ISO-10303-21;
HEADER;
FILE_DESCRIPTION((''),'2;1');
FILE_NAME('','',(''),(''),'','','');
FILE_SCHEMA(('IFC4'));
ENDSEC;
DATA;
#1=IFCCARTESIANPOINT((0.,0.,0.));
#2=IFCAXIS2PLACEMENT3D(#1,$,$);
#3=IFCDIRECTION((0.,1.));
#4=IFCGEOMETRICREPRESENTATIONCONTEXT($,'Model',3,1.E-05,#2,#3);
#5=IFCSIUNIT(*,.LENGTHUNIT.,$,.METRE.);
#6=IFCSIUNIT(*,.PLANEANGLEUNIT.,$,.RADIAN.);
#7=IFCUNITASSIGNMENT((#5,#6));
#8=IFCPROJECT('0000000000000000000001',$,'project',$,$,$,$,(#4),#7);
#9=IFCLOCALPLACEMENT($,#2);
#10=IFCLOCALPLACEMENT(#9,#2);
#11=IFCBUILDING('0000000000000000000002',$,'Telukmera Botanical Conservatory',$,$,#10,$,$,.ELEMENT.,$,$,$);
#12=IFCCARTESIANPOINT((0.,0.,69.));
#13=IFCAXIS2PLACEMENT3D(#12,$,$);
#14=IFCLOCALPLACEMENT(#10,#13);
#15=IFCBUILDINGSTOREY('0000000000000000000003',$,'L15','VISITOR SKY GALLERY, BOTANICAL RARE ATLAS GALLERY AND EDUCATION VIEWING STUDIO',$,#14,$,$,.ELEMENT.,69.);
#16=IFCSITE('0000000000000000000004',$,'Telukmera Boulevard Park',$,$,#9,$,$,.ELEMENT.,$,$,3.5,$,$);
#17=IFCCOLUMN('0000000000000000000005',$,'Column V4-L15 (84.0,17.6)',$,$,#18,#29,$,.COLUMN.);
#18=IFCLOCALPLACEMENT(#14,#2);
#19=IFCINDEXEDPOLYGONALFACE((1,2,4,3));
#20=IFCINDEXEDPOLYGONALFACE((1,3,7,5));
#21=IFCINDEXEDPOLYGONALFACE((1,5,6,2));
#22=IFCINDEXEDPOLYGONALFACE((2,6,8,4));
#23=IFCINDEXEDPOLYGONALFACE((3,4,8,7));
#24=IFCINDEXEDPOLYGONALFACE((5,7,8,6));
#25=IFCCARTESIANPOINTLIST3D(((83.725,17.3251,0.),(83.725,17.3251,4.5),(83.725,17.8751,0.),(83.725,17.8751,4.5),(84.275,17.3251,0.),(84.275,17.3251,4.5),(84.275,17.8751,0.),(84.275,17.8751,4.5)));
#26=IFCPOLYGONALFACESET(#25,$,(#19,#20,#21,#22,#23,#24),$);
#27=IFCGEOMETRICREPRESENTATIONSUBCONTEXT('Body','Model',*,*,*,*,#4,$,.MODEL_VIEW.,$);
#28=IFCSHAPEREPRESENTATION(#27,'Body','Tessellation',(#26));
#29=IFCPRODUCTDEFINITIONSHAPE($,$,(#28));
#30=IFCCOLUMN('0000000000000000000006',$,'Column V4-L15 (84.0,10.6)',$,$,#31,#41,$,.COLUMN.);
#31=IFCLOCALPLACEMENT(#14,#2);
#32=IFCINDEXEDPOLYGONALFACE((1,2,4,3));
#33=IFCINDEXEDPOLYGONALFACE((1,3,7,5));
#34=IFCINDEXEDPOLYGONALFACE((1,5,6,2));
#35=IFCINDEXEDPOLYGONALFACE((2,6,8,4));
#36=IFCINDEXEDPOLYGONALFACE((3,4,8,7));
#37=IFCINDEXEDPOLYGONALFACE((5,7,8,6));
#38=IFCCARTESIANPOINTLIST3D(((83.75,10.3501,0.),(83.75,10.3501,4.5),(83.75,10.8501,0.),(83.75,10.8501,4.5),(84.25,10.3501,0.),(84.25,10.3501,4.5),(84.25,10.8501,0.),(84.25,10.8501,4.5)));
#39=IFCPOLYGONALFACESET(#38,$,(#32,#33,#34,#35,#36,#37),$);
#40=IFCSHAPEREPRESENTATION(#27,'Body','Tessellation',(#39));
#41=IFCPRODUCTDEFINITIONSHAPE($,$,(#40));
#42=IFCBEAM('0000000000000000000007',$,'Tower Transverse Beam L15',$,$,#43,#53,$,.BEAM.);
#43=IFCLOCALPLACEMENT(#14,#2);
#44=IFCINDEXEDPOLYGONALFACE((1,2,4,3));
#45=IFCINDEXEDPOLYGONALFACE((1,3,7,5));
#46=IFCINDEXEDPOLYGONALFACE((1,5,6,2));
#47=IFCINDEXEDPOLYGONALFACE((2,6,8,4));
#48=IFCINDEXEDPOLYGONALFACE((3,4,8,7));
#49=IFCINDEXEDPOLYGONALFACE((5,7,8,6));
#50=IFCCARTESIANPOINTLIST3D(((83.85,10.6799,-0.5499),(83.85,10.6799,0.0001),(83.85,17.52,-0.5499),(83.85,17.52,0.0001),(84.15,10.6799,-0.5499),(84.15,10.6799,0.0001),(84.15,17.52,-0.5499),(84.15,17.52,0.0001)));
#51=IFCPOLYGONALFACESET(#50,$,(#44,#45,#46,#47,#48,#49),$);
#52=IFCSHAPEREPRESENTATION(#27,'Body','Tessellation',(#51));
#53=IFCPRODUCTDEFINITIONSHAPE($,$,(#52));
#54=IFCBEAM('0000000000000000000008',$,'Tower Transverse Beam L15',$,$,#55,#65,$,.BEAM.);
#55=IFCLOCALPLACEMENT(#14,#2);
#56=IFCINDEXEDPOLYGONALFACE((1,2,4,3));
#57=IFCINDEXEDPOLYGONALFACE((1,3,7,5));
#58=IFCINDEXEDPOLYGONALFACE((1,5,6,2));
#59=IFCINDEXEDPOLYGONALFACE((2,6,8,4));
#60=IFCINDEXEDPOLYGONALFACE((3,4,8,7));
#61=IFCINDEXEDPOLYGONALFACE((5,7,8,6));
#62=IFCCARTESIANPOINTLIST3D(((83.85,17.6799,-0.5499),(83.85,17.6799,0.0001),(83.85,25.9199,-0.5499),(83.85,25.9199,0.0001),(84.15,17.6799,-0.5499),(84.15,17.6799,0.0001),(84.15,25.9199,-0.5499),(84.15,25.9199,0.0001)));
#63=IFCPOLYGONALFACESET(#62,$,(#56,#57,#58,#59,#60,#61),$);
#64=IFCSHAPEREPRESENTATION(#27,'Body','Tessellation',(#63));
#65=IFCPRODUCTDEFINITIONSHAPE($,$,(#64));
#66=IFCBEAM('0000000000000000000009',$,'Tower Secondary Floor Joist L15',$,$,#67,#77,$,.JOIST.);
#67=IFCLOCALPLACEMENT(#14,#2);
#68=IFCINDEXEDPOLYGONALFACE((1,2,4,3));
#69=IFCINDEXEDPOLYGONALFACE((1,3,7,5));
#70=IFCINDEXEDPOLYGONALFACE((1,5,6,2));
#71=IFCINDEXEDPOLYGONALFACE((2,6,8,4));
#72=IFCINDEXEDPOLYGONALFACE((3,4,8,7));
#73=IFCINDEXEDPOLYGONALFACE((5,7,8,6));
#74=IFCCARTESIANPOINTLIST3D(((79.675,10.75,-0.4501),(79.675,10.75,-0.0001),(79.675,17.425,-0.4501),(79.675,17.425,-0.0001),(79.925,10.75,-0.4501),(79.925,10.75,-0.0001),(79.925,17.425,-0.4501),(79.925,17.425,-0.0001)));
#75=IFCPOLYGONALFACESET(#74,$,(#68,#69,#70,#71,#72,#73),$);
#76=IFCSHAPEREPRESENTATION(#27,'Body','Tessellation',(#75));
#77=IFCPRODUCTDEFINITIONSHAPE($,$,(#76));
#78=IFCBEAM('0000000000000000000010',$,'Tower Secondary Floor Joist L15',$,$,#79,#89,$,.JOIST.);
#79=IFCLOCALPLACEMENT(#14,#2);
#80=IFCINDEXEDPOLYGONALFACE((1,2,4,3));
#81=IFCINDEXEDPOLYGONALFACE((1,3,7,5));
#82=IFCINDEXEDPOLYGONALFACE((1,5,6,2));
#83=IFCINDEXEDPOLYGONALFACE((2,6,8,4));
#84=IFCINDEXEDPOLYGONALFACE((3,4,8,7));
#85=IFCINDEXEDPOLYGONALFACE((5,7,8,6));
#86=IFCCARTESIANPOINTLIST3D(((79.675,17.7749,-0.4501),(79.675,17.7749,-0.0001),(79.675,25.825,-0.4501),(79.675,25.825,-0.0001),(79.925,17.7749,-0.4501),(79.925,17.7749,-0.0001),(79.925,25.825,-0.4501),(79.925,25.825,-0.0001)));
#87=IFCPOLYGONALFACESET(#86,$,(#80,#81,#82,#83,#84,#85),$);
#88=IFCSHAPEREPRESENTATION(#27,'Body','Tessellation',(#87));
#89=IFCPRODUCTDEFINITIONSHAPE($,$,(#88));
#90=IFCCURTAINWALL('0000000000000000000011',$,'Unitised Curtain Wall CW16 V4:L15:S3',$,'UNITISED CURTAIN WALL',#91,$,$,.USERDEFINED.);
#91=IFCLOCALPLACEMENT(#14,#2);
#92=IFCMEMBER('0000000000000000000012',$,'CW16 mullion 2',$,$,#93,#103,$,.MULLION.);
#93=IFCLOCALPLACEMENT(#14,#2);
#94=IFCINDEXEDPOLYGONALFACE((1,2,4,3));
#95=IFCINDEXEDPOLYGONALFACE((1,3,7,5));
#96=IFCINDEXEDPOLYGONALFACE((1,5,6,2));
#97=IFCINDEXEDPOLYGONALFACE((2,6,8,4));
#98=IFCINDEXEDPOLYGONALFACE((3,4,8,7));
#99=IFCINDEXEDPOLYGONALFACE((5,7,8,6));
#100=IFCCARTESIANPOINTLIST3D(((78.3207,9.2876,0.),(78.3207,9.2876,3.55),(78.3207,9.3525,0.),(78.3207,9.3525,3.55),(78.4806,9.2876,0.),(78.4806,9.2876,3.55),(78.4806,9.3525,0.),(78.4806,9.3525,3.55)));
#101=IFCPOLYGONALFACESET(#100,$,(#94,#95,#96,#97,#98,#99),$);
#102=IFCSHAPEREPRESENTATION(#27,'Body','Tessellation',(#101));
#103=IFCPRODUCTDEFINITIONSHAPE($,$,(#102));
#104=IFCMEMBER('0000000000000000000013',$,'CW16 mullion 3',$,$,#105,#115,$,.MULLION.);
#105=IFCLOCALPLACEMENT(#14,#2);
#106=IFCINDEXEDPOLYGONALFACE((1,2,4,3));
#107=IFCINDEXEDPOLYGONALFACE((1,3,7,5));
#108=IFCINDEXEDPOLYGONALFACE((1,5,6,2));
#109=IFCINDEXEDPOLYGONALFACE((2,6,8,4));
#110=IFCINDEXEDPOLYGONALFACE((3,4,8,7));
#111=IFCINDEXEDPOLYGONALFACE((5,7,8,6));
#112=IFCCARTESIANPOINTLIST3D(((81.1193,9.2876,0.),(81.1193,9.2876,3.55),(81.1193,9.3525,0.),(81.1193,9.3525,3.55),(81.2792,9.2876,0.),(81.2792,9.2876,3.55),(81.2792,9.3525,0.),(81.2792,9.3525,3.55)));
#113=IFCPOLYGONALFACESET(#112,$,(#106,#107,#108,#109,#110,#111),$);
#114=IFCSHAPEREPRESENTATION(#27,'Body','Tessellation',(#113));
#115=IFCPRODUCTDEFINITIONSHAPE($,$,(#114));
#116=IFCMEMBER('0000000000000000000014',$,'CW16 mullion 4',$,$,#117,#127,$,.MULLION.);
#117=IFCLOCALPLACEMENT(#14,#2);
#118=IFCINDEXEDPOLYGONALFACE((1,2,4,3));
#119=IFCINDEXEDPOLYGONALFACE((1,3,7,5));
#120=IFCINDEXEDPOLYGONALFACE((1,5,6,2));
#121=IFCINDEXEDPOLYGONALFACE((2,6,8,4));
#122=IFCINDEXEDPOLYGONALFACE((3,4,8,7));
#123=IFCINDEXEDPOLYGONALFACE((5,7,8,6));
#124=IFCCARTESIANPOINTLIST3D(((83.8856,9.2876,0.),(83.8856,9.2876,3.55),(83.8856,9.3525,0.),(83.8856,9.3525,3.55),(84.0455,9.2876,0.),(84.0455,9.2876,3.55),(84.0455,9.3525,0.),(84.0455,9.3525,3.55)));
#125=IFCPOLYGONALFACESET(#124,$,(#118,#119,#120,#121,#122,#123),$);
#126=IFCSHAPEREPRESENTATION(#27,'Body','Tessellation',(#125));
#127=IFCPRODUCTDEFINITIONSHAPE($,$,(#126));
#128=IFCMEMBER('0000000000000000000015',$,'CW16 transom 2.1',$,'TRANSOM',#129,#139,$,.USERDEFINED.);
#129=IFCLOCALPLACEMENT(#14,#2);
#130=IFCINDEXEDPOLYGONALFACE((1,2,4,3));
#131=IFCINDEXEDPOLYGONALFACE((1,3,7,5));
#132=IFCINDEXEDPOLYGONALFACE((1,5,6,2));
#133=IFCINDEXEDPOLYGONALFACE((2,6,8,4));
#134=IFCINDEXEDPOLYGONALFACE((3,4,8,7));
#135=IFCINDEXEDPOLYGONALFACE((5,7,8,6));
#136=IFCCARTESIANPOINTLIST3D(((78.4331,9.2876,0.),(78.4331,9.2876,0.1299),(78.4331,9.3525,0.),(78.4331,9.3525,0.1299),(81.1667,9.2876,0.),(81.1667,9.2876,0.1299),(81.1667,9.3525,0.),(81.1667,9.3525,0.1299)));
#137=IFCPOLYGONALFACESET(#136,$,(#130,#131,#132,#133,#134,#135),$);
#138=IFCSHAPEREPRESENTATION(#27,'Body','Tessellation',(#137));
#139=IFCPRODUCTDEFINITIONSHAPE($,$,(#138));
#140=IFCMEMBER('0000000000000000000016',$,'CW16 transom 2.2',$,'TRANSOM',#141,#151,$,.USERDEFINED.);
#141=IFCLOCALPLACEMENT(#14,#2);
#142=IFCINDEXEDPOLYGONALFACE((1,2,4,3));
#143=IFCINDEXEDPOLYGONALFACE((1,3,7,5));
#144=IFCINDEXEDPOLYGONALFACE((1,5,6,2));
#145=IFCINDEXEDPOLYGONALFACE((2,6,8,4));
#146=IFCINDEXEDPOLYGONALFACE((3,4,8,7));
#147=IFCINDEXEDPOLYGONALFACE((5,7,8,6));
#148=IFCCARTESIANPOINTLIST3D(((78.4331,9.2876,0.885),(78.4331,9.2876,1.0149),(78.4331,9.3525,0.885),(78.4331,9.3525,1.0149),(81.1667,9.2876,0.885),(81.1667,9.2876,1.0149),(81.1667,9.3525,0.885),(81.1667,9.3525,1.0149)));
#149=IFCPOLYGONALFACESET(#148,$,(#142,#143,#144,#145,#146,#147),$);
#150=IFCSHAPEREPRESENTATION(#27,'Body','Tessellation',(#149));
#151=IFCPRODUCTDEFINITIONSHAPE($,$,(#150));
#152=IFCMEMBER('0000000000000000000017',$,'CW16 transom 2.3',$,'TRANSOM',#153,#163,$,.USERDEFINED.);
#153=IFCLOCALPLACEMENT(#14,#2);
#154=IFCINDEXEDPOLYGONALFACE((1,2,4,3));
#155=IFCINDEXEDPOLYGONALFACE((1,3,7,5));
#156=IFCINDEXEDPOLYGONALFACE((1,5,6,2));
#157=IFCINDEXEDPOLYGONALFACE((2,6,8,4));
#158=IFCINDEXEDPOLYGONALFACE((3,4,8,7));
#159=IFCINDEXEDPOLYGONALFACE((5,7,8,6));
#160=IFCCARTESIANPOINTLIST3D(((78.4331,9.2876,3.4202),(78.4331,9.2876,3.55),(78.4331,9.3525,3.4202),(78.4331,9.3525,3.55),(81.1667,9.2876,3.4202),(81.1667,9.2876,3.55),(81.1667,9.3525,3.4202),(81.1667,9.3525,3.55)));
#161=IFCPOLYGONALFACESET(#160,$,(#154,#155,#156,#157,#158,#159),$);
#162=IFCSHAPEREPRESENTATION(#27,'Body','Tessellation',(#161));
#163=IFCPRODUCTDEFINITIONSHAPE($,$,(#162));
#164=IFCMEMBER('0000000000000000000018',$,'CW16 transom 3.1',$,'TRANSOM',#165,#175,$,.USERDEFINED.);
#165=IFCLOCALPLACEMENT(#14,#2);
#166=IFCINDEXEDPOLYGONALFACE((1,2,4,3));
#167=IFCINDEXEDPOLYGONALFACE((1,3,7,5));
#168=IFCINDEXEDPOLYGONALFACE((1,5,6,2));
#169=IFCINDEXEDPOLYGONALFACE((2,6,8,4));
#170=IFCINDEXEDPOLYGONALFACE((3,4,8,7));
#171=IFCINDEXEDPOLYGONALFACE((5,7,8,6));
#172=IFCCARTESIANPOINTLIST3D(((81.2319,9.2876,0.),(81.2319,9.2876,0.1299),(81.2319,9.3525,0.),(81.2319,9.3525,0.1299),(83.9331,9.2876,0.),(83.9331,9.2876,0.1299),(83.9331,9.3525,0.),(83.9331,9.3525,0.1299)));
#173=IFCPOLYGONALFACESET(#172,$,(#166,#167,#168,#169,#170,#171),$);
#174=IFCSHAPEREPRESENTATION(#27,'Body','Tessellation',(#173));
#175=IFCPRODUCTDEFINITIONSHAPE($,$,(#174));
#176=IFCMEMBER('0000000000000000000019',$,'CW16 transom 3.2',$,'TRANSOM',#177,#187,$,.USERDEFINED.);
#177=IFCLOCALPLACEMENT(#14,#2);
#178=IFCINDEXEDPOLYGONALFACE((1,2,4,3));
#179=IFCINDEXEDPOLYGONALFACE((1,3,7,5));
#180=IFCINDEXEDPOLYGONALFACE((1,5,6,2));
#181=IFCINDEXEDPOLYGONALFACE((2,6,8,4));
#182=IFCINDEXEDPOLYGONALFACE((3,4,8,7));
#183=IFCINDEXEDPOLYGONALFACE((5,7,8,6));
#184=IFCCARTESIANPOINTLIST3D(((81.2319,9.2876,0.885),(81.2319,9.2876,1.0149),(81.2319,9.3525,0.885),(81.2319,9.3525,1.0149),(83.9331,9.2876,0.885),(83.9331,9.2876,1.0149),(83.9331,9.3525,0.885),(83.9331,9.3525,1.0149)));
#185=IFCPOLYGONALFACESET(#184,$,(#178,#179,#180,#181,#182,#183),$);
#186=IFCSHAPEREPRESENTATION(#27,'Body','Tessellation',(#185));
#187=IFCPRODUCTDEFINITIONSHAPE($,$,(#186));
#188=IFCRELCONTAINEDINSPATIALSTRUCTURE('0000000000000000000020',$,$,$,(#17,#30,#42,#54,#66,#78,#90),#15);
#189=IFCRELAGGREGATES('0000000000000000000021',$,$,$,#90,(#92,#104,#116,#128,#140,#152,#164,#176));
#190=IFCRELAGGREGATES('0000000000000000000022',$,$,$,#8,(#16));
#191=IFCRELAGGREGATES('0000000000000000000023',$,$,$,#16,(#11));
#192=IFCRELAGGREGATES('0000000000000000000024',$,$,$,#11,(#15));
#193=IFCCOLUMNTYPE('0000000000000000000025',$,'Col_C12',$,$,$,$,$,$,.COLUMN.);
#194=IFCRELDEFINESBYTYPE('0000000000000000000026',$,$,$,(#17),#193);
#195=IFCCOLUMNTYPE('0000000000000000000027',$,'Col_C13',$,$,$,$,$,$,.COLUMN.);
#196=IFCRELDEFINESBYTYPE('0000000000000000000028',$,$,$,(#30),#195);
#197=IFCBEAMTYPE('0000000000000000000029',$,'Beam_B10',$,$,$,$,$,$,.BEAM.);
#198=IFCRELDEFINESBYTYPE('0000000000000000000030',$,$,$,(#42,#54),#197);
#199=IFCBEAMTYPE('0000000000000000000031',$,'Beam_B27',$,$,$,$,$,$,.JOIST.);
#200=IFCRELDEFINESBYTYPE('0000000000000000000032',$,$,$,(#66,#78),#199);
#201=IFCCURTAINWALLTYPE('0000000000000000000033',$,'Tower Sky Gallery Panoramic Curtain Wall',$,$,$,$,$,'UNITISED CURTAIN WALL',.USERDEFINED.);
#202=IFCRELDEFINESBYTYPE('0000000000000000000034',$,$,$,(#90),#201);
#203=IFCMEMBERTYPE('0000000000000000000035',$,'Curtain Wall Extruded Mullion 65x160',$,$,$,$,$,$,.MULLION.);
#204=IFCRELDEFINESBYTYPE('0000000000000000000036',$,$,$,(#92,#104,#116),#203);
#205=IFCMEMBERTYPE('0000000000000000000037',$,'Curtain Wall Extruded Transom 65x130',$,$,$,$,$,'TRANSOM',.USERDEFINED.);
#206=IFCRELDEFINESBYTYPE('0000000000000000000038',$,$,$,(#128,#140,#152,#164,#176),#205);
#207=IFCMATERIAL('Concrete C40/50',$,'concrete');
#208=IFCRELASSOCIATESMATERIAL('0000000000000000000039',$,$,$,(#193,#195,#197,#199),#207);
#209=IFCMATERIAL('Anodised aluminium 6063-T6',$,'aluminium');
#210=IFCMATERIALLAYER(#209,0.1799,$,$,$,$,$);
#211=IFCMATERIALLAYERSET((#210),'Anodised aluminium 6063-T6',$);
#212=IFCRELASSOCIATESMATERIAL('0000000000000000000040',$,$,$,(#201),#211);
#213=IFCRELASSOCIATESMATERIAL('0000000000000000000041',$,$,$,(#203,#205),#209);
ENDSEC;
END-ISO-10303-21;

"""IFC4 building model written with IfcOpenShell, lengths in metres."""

from ifc_helpers import new_model, si_unit, direction, frame, origin, origin_2d, place, context, subcontext, project, spatial, rectangle, extrude, material, layer, layer_set, material_profile, profile_set, type_object, element, aggregate, save


model = new_model("IFC4")

# Units and contexts
model_context = context("Model", 3, precision=1e-05, world=origin(), true_north=direction((0.0, 1.0)))
body_context = subcontext(model_context, "Body", "Model", "MODEL_VIEW")
ifc_project = project(units=[si_unit("LENGTHUNIT", "METRE"), si_unit("PLANEANGLEUNIT", "RADIAN")], contexts=[model_context])

# Site, building, storey
site_placement = place(None, origin())
site = spatial("IfcSite", under=ifc_project, at=site_placement, Name="Telukmera Boulevard Park", CompositionType="ELEMENT", RefElevation=3.5)
building_placement = place(site_placement, origin())
building = spatial("IfcBuilding", under=site, at=building_placement, Name="Telukmera Botanical Conservatory", CompositionType="ELEMENT")
storey_placement = place(building_placement, frame((0.0, 0.0, 69.0)))
storey = spatial("IfcBuildingStorey", under=building, at=storey_placement, Name="L15", Description="VISITOR SKY GALLERY, BOTANICAL RARE ATLAS GALLERY AND EDUCATION VIEWING STUDIO", CompositionType="ELEMENT", Elevation=69.0)

# Columns
ifc_material_1 = material(Name="Concrete C40/50", Category="concrete")
ifc_material_profile_1 = material_profile(ifc_material_1, rectangle(XDim=0.55, YDim=0.55, at=origin_2d()), Name="RC 550x550")
ifc_profile_set_1 = profile_set([ifc_material_profile_1], Name="Concrete C40/50")
column_type_1 = type_object("IfcColumnType", Name="Col_C12", PredefinedType="COLUMN", material=ifc_profile_set_1)
column_1_placement = place(storey_placement, frame((84.0, 17.6001, 0.0), z_axis=(0.0, 0.0, 1.0), x_axis=(1.0, 0.0, 0.0)))
element("IfcColumn", 1, at=column_1_placement, inside=storey, type_object=column_type_1, Name="Column V4-L15 (84.0,17.6)", PredefinedType="COLUMN", context=body_context, shape_type="SweptSolid", body=[
    extrude(rectangle(XDim=0.55, YDim=0.55, at=origin_2d()), origin(), (0.0, 0.0, 1.0), 4.5),
])
ifc_material_profile_2 = material_profile(ifc_material_1, rectangle(XDim=0.5, YDim=0.5, at=origin_2d()), Name="RC 500x500")
ifc_profile_set_2 = profile_set([ifc_material_profile_2], Name="Concrete C40/50")
column_type_2 = type_object("IfcColumnType", Name="Col_C13", PredefinedType="COLUMN", material=ifc_profile_set_2)
column_2_placement = place(storey_placement, frame((84.0, 10.6001, 0.0), z_axis=(0.0, 0.0, 1.0), x_axis=(1.0, 0.0, 0.0)))
element("IfcColumn", 2, at=column_2_placement, inside=storey, type_object=column_type_2, Name="Column V4-L15 (84.0,10.6)", PredefinedType="COLUMN", context=body_context, shape_type="SweptSolid", body=[
    extrude(rectangle(XDim=0.5, YDim=0.5, at=origin_2d()), origin(), (0.0, 0.0, 1.0), 4.5),
])

# Beams
ifc_material_profile_3 = material_profile(ifc_material_1, rectangle(XDim=0.3, YDim=0.55, at=origin_2d()), Name="RC 300x550")
ifc_profile_set_3 = profile_set([ifc_material_profile_3], Name="Concrete C40/50")
beam_type_1 = type_object("IfcBeamType", Name="Beam_B10", PredefinedType="BEAM", material=ifc_profile_set_3)
beam_1_placement = place(storey_placement, frame((84.0, 10.6799, -0.2749), z_axis=(0.0, 1.0, 0.0), x_axis=(-1.0, 0.0, 0.0)))
element("IfcBeam", 3, at=beam_1_placement, inside=storey, type_object=beam_type_1, Name="Tower Transverse Beam L15", PredefinedType="BEAM", context=body_context, shape_type="SweptSolid", body=[
    extrude(rectangle(XDim=0.3, YDim=0.55, at=origin_2d()), origin(), (0.0, 0.0, 1.0), 6.8401),
])
beam_2_placement = place(storey_placement, frame((84.0, 17.6799, -0.2749), z_axis=(0.0, 1.0, 0.0), x_axis=(-1.0, 0.0, 0.0)))
element("IfcBeam", 4, at=beam_2_placement, inside=storey, type_object=beam_type_1, Name="Tower Transverse Beam L15", PredefinedType="BEAM", context=body_context, shape_type="SweptSolid", body=[
    extrude(rectangle(XDim=0.3, YDim=0.55, at=origin_2d()), origin(), (0.0, 0.0, 1.0), 8.24),
])
ifc_material_profile_4 = material_profile(ifc_material_1, rectangle(XDim=0.25, YDim=0.45, at=origin_2d()), Name="RC 250x450")
ifc_profile_set_4 = profile_set([ifc_material_profile_4], Name="Concrete C40/50")
beam_type_2 = type_object("IfcBeamType", Name="Beam_B27", PredefinedType="JOIST", material=ifc_profile_set_4)
beam_3_placement = place(storey_placement, frame((79.8, 10.75, -0.2251), z_axis=(0.0, 1.0, 0.0), x_axis=(-1.0, 0.0, 0.0)))
element("IfcBeam", 5, at=beam_3_placement, inside=storey, type_object=beam_type_2, Name="Tower Secondary Floor Joist L15", PredefinedType="JOIST", context=body_context, shape_type="SweptSolid", body=[
    extrude(rectangle(XDim=0.25, YDim=0.45, at=origin_2d()), origin(), (0.0, 0.0, 1.0), 6.675),
])
beam_4_placement = place(storey_placement, frame((79.8, 17.7749, -0.2251), z_axis=(0.0, 1.0, 0.0), x_axis=(-1.0, 0.0, 0.0)))
element("IfcBeam", 6, at=beam_4_placement, inside=storey, type_object=beam_type_2, Name="Tower Secondary Floor Joist L15", PredefinedType="JOIST", context=body_context, shape_type="SweptSolid", body=[
    extrude(rectangle(XDim=0.25, YDim=0.45, at=origin_2d()), origin(), (0.0, 0.0, 1.0), 8.05),
])

# Curtain wall, members
ifc_material_2 = material(Name="Anodised aluminium 6063-T6", Category="aluminium")
ifc_layer_1 = layer(ifc_material_2, 0.1799)
ifc_layer_set_1 = layer_set([ifc_layer_1], Name="Anodised aluminium 6063-T6")
curtain_wall_type = type_object("IfcCurtainWallType", Name="Tower Sky Gallery Panoramic Curtain Wall", ElementType="UNITISED CURTAIN WALL", PredefinedType="USERDEFINED", material=ifc_layer_set_1)
curtain_wall_placement = place(storey_placement, origin())
curtain_wall = element("IfcCurtainWall", 7, at=curtain_wall_placement, inside=storey, type_object=curtain_wall_type, Name="Unitised Curtain Wall CW16 V4:L15:S3", ObjectType="UNITISED CURTAIN WALL", PredefinedType="USERDEFINED")
ifc_material_profile_5 = material_profile(ifc_material_2, rectangle(XDim=0.0649, YDim=0.1599, at=origin_2d()), Name="ALU MULL 65x160")
ifc_profile_set_5 = profile_set([ifc_material_profile_5], Name="Anodised aluminium 6063-T6")
member_type_1 = type_object("IfcMemberType", Name="Curtain Wall Extruded Mullion 65x160", PredefinedType="MULLION", material=ifc_profile_set_5)
member_1_placement = place(storey_placement, frame((78.4006, 9.3201, 0.0), z_axis=(0.0, 0.0, 1.0), x_axis=(0.0, 1.0, 0.0)))
member_1 = element("IfcMember", 8, at=member_1_placement, type_object=member_type_1, Name="CW16 mullion 2", PredefinedType="MULLION", context=body_context, shape_type="SweptSolid", body=[
    extrude(rectangle(XDim=0.0649, YDim=0.1599, at=origin_2d()), origin(), (0.0, 0.0, 1.0), 3.55),
])
member_2_placement = place(storey_placement, frame((81.1992, 9.3201, 0.0), z_axis=(0.0, 0.0, 1.0), x_axis=(0.0, 1.0, 0.0)))
member_2 = element("IfcMember", 9, at=member_2_placement, type_object=member_type_1, Name="CW16 mullion 3", PredefinedType="MULLION", context=body_context, shape_type="SweptSolid", body=[
    extrude(rectangle(XDim=0.0649, YDim=0.1599, at=origin_2d()), origin(), (0.0, 0.0, 1.0), 3.55),
])
member_3_placement = place(storey_placement, frame((83.9656, 9.3201, 0.0), z_axis=(0.0, 0.0, 1.0), x_axis=(0.0, 1.0, 0.0)))
member_3 = element("IfcMember", 10, at=member_3_placement, type_object=member_type_1, Name="CW16 mullion 4", PredefinedType="MULLION", context=body_context, shape_type="SweptSolid", body=[
    extrude(rectangle(XDim=0.0649, YDim=0.1599, at=origin_2d()), origin(), (0.0, 0.0, 1.0), 3.55),
])
ifc_material_profile_6 = material_profile(ifc_material_2, rectangle(XDim=0.0649, YDim=0.1299, at=origin_2d()), Name="ALU TRAN 65x130")
ifc_profile_set_6 = profile_set([ifc_material_profile_6], Name="Anodised aluminium 6063-T6")
member_type_2 = type_object("IfcMemberType", Name="Curtain Wall Extruded Transom 65x130", ElementType="TRANSOM", PredefinedType="USERDEFINED", material=ifc_profile_set_6)
member_4_placement = place(storey_placement, frame((78.4331, 9.3201, 0.0649), z_axis=(1.0, 0.0, 0.0), x_axis=(0.0, 1.0, 0.0)))
member_4 = element("IfcMember", 11, at=member_4_placement, type_object=member_type_2, Name="CW16 transom 2.1", ObjectType="TRANSOM", PredefinedType="USERDEFINED", context=body_context, shape_type="SweptSolid", body=[
    extrude(rectangle(XDim=0.0649, YDim=0.1299, at=origin_2d()), origin(), (0.0, 0.0, 1.0), 2.7336),
])
member_5_placement = place(storey_placement, frame((78.4331, 9.3201, 0.95), z_axis=(1.0, 0.0, 0.0), x_axis=(0.0, 1.0, 0.0)))
member_5 = element("IfcMember", 12, at=member_5_placement, type_object=member_type_2, Name="CW16 transom 2.2", ObjectType="TRANSOM", PredefinedType="USERDEFINED", context=body_context, shape_type="SweptSolid", body=[
    extrude(rectangle(XDim=0.0649, YDim=0.1299, at=origin_2d()), origin(), (0.0, 0.0, 1.0), 2.7336),
])
member_6_placement = place(storey_placement, frame((78.4331, 9.3201, 3.4851), z_axis=(1.0, 0.0, 0.0), x_axis=(0.0, 1.0, 0.0)))
member_6 = element("IfcMember", 13, at=member_6_placement, type_object=member_type_2, Name="CW16 transom 2.3", ObjectType="TRANSOM", PredefinedType="USERDEFINED", context=body_context, shape_type="SweptSolid", body=[
    extrude(rectangle(XDim=0.0649, YDim=0.1299, at=origin_2d()), origin(), (0.0, 0.0, 1.0), 2.7336),
])
member_7_placement = place(storey_placement, frame((81.2319, 9.3201, 0.0649), z_axis=(1.0, 0.0, 0.0), x_axis=(0.0, 1.0, 0.0)))
member_7 = element("IfcMember", 14, at=member_7_placement, type_object=member_type_2, Name="CW16 transom 3.1", ObjectType="TRANSOM", PredefinedType="USERDEFINED", context=body_context, shape_type="SweptSolid", body=[
    extrude(rectangle(XDim=0.0649, YDim=0.1299, at=origin_2d()), origin(), (0.0, 0.0, 1.0), 2.7012),
])
member_8_placement = place(storey_placement, frame((81.2319, 9.3201, 0.95), z_axis=(1.0, 0.0, 0.0), x_axis=(0.0, 1.0, 0.0)))
member_8 = element("IfcMember", 15, at=member_8_placement, type_object=member_type_2, Name="CW16 transom 3.2", ObjectType="TRANSOM", PredefinedType="USERDEFINED", context=body_context, shape_type="SweptSolid", body=[
    extrude(rectangle(XDim=0.0649, YDim=0.1299, at=origin_2d()), origin(), (0.0, 0.0, 1.0), 2.7012),
])
aggregate(curtain_wall, [member_1, member_2, member_3, member_4, member_5, member_6, member_7, member_8])

save(model, "model.ifc")
